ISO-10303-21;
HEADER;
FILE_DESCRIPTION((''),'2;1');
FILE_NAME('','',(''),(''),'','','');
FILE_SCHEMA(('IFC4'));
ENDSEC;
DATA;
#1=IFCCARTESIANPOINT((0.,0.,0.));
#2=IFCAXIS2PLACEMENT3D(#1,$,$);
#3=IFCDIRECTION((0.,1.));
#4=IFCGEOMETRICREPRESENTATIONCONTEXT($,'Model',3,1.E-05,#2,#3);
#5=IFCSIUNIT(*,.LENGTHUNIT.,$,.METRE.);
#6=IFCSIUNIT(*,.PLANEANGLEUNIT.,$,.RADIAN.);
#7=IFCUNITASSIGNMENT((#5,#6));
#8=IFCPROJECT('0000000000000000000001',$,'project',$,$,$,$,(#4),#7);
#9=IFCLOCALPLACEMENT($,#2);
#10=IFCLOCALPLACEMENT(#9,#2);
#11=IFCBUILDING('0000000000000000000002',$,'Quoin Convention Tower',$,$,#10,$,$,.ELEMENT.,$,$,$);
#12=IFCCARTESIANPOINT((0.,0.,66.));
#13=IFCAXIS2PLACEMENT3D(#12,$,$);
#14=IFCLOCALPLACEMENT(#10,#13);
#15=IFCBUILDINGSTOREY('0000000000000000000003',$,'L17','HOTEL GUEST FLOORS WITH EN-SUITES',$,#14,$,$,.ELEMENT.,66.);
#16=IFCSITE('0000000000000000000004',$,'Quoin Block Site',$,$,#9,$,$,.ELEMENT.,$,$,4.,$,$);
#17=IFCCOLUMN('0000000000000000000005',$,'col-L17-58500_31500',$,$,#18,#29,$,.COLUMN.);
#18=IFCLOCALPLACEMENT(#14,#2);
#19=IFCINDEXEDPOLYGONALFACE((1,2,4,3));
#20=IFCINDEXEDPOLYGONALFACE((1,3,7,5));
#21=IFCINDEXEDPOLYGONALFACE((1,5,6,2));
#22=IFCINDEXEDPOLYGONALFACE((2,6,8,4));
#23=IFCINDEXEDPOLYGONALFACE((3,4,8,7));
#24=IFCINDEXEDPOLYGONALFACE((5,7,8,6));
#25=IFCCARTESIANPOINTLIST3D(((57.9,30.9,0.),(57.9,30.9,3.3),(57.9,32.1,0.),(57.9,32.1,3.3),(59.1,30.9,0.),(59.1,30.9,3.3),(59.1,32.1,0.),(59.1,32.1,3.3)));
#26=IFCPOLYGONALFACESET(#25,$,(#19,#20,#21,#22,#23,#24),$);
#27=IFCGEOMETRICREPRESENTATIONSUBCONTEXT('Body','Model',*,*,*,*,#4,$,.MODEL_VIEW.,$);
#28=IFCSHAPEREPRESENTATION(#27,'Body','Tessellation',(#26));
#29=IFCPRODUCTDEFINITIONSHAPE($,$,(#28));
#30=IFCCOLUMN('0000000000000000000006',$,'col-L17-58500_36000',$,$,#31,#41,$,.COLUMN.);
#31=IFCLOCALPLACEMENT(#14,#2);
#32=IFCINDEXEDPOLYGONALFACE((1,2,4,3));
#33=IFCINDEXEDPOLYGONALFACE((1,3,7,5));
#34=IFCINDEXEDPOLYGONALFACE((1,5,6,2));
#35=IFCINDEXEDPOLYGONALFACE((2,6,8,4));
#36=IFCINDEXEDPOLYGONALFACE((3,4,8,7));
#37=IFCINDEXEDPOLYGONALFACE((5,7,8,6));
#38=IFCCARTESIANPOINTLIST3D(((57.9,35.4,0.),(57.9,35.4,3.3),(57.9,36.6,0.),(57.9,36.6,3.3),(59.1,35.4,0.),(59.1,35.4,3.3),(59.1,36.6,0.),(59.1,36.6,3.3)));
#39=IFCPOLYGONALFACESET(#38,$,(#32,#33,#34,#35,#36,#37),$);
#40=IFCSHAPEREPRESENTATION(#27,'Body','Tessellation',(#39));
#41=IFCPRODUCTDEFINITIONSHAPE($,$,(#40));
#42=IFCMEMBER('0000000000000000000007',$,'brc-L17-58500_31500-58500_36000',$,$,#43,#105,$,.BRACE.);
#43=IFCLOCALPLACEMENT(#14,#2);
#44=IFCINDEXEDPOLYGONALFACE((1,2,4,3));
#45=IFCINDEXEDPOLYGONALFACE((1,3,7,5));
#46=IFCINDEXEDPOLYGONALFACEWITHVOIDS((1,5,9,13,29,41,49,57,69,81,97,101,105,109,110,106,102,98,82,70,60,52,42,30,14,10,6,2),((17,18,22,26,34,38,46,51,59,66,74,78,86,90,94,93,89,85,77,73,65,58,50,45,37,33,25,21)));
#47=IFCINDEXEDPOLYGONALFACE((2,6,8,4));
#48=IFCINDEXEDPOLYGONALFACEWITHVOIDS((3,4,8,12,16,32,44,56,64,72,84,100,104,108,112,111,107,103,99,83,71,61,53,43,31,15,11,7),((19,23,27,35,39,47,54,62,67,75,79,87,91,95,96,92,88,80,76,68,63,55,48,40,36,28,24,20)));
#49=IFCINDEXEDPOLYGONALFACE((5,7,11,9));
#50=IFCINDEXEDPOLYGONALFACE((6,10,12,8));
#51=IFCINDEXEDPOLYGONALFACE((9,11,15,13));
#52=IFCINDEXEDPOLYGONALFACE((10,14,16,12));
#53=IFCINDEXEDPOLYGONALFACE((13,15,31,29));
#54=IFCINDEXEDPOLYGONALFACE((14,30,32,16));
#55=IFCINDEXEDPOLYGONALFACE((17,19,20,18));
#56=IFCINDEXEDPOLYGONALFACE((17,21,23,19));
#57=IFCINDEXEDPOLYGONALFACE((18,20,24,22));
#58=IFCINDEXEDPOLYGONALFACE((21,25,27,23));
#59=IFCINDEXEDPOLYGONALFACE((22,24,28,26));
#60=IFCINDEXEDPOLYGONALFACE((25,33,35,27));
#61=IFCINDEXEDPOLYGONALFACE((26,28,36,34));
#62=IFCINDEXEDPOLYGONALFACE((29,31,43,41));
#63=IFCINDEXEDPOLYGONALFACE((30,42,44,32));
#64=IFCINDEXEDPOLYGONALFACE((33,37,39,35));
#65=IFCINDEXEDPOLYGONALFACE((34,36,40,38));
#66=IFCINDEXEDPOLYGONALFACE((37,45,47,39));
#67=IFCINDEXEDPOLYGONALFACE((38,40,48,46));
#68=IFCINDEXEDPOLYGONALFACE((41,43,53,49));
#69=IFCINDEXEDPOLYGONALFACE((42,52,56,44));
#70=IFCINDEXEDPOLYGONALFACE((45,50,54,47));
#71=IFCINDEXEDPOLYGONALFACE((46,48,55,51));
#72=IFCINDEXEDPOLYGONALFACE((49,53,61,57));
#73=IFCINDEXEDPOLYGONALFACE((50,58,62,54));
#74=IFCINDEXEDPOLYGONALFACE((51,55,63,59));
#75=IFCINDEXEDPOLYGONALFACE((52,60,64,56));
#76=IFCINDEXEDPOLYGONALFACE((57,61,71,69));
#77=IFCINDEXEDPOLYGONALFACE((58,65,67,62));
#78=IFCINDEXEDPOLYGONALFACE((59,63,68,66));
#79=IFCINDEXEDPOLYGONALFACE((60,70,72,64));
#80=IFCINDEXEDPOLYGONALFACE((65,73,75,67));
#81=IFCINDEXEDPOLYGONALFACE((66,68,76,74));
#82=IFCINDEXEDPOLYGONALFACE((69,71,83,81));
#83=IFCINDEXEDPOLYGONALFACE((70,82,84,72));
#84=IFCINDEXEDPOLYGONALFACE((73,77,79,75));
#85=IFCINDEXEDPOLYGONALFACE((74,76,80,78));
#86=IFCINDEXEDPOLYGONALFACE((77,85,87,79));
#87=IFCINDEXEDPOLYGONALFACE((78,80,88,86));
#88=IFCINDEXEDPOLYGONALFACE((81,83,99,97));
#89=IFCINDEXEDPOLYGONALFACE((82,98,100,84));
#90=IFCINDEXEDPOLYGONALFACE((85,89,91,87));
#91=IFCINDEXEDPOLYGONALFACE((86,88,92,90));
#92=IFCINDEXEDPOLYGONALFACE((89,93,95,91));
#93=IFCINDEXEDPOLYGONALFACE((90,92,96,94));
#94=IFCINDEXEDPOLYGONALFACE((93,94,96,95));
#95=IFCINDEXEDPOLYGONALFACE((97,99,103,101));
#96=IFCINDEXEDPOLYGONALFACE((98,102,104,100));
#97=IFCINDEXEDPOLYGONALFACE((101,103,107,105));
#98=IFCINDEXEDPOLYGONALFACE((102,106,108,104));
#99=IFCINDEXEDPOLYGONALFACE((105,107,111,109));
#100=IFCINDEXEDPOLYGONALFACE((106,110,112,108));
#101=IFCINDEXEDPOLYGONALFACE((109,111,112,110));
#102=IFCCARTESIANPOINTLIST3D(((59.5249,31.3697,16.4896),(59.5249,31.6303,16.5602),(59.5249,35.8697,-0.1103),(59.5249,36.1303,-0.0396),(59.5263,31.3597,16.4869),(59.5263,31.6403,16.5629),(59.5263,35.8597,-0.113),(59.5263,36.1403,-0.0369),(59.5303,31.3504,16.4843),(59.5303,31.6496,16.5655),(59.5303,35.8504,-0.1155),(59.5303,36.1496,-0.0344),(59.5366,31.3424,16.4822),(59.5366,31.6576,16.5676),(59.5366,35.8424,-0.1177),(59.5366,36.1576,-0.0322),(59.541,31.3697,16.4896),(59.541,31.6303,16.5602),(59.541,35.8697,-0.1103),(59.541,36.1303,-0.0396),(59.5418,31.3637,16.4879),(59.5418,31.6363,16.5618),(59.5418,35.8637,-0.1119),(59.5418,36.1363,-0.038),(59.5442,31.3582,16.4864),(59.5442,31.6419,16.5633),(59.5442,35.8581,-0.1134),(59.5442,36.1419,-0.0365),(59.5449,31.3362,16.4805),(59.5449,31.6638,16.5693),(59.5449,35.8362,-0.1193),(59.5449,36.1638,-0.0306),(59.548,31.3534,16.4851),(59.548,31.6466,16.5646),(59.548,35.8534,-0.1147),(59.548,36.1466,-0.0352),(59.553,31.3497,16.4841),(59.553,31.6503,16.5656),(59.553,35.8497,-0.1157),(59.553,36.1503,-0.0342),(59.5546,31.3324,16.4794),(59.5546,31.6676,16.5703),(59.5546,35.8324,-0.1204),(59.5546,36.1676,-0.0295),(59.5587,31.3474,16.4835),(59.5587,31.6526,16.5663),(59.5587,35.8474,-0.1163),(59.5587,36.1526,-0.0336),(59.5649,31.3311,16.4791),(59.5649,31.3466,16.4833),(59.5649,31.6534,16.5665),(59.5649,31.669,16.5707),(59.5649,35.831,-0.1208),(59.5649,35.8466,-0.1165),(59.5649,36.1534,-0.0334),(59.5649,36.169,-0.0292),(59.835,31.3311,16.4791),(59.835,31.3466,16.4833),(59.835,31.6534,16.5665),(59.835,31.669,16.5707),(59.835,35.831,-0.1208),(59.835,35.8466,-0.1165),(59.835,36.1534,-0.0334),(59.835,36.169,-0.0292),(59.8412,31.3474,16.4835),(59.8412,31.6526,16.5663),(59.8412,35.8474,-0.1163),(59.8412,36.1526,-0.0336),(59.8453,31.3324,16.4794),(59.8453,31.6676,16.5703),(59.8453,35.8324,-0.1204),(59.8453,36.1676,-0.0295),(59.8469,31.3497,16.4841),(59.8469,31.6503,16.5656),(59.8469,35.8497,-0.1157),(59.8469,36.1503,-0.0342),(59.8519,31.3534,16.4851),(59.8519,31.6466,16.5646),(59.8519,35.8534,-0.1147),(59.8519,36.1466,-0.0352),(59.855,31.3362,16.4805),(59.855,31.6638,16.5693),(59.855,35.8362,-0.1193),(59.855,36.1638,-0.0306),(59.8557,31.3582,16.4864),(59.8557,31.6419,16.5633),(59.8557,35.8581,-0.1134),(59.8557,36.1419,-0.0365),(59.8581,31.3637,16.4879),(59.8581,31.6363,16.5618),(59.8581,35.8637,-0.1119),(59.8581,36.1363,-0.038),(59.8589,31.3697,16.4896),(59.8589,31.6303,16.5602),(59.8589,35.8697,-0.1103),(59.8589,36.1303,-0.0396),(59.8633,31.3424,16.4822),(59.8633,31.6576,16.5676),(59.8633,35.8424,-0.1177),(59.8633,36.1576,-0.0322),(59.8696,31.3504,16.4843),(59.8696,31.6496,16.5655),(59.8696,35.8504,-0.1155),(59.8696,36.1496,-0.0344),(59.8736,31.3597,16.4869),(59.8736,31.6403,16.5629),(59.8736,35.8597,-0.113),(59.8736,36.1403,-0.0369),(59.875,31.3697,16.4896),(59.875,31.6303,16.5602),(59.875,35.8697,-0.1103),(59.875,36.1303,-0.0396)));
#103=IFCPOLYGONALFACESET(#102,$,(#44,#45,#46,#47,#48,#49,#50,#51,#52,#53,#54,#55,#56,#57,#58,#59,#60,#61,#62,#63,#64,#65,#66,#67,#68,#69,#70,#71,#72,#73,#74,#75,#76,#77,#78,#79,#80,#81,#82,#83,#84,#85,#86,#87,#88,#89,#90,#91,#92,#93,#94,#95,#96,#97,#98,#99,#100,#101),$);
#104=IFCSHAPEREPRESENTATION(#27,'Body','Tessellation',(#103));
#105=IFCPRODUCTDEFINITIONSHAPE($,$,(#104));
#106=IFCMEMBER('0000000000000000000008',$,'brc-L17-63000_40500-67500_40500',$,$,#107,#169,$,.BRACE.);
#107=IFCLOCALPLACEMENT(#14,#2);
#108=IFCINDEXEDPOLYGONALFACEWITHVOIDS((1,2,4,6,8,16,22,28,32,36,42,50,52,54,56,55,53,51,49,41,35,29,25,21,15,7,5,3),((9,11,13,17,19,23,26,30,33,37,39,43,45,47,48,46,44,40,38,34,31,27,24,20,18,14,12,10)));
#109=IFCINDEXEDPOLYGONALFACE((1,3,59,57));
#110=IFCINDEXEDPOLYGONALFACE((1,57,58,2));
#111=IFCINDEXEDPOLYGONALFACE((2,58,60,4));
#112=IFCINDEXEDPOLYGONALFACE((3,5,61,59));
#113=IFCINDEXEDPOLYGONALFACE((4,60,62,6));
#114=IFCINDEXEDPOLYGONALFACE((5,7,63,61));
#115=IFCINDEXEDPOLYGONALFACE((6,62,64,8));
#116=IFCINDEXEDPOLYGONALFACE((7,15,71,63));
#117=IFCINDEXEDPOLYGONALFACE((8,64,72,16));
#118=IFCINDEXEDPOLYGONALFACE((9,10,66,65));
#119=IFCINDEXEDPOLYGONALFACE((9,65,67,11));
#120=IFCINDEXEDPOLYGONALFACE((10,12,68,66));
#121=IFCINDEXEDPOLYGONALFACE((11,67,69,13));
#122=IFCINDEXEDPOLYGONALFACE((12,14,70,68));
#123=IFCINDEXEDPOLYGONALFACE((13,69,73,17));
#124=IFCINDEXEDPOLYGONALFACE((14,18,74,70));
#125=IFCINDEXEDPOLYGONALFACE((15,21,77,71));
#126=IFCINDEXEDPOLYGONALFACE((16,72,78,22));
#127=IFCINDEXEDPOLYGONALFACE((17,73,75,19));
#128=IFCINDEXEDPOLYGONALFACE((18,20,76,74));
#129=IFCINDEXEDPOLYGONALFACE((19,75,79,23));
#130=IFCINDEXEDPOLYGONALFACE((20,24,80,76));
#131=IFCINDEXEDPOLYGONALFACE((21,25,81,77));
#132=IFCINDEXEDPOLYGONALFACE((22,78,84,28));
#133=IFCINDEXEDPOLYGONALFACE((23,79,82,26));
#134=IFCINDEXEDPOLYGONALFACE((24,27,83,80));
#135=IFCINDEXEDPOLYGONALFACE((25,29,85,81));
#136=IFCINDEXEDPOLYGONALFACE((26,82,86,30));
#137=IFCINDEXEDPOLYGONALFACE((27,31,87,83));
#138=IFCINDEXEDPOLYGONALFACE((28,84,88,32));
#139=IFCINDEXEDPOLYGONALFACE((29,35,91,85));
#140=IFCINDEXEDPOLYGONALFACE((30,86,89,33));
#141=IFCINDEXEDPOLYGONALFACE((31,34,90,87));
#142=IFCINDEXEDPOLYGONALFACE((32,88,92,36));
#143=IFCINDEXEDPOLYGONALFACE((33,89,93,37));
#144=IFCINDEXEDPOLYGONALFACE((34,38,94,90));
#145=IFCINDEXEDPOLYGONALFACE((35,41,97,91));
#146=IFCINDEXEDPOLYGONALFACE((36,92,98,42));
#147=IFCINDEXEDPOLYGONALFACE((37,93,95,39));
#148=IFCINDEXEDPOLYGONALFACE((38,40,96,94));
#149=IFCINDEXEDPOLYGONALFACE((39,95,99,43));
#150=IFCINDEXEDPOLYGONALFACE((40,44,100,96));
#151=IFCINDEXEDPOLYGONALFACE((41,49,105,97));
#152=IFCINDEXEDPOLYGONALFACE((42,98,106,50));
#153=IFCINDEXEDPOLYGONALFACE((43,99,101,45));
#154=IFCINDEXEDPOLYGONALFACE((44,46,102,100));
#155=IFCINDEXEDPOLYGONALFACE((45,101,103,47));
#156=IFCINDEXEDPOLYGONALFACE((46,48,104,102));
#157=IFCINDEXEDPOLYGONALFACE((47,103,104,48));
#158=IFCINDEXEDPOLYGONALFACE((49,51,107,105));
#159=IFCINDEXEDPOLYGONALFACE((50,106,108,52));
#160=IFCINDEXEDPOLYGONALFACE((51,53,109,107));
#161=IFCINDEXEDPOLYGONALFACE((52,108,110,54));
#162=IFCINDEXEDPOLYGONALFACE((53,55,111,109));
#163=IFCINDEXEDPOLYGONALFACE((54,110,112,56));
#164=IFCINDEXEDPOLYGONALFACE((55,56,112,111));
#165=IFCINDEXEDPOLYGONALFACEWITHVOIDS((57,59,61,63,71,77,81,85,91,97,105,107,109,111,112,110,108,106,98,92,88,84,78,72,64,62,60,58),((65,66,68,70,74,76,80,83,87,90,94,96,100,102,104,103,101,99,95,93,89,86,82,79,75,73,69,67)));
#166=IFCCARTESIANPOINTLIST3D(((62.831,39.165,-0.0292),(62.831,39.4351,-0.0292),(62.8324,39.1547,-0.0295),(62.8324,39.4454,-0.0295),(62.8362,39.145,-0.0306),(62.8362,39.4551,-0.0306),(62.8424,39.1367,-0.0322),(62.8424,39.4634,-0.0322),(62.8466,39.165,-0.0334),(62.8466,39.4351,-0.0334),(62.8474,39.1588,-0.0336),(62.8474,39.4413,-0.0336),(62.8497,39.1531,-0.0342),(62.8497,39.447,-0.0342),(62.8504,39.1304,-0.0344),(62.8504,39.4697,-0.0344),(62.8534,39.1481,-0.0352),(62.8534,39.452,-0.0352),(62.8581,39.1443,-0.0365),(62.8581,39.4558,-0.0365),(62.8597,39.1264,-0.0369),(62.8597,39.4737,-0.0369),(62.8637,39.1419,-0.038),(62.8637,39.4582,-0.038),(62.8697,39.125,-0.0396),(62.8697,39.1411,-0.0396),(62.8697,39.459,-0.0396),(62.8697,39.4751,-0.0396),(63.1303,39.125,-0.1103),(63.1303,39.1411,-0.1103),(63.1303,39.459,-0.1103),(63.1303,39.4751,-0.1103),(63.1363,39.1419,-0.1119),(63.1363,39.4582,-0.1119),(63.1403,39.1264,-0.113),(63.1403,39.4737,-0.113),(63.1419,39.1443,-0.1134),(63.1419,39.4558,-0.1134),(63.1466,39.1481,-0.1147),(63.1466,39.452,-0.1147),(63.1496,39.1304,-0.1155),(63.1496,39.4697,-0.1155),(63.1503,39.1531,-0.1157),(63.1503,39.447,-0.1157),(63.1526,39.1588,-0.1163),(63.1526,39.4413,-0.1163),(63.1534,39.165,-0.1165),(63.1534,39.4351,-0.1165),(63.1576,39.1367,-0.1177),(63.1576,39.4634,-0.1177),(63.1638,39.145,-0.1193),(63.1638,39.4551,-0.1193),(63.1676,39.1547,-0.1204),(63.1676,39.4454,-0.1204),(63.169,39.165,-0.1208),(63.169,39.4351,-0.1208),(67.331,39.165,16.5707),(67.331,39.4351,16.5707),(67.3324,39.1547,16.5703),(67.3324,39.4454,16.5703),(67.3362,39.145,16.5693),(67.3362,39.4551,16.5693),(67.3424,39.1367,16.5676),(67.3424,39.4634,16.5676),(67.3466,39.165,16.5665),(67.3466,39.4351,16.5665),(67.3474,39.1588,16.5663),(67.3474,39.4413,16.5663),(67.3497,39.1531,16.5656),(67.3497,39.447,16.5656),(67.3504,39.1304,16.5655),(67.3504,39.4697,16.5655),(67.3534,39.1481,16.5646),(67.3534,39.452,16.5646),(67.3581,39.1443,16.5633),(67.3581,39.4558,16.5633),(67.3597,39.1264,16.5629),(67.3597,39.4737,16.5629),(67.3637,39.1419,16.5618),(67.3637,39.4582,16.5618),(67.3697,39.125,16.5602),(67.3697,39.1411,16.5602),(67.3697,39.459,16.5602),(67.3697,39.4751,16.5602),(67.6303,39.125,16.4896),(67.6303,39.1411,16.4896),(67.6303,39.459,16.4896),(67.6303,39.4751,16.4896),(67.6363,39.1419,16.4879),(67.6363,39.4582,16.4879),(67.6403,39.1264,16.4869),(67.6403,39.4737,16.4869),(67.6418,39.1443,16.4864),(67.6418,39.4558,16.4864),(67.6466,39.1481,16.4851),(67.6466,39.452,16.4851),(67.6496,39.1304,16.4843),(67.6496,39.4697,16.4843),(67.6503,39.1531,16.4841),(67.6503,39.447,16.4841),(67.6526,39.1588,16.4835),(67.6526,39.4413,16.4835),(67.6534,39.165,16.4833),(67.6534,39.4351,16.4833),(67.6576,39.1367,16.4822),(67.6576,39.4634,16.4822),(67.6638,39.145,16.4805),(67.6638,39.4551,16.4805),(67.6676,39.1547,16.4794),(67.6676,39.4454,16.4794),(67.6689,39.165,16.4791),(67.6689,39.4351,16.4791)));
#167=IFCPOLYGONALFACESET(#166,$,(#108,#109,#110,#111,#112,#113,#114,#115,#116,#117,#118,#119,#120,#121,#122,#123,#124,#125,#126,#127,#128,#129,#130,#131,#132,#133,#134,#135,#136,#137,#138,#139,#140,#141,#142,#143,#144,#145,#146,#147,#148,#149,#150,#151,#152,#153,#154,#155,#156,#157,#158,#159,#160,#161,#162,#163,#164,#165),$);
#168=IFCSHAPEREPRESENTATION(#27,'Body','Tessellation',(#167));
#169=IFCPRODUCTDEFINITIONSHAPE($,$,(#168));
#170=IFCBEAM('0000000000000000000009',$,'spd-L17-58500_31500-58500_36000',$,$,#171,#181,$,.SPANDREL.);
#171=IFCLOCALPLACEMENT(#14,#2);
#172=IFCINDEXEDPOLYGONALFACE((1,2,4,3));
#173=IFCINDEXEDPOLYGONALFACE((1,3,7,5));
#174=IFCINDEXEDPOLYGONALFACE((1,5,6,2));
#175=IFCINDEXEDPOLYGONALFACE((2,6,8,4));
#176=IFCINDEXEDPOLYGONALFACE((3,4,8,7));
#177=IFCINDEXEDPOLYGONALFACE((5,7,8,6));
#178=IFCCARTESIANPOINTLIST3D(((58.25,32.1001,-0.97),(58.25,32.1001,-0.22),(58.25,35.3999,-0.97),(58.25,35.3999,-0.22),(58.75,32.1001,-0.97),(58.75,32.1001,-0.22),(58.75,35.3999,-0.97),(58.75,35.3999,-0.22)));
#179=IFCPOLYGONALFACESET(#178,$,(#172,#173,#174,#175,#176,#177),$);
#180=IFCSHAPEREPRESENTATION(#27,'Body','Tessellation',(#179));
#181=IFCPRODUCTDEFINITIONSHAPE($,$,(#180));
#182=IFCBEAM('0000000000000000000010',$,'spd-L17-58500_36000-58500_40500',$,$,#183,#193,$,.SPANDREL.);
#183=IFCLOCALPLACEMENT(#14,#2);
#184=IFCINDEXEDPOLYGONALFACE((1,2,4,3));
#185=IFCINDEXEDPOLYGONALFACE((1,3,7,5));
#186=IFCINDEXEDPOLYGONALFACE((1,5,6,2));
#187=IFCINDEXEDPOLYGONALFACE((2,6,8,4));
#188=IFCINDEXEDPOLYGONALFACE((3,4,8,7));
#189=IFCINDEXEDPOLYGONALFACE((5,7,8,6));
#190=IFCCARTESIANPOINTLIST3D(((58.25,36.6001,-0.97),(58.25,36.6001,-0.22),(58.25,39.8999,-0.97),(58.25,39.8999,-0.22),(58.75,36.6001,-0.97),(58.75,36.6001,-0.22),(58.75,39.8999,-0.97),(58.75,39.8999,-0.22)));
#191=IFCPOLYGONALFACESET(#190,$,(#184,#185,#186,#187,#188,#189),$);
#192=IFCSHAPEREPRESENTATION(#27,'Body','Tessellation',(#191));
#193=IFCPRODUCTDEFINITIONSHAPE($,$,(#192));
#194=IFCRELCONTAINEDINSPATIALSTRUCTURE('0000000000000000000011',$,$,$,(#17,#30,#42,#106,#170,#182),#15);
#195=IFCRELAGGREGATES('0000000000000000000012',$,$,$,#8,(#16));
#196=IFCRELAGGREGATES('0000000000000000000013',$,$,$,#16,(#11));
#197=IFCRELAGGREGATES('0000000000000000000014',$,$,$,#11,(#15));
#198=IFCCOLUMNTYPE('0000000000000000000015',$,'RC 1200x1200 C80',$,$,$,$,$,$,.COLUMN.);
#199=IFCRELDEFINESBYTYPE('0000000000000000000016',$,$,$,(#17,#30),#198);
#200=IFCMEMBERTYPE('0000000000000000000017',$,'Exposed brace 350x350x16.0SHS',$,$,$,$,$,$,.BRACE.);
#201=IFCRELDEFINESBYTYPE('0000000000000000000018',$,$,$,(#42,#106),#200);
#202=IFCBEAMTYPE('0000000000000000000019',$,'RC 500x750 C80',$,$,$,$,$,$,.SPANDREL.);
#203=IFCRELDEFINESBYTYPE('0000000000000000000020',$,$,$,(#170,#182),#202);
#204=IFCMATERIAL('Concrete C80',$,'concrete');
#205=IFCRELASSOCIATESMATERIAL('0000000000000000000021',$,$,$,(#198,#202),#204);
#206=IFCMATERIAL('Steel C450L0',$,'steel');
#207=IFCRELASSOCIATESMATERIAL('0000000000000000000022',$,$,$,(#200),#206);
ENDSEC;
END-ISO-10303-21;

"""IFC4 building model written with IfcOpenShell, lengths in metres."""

from ifc_helpers import new_model, si_unit, direction, frame, origin, origin_2d, place, context, subcontext, project, spatial, rectangle, hollow_rectangle, extrude, material, material_profile, profile_set, type_object, element, save


model = new_model("IFC4")

# Units and contexts
model_context = context("Model", 3, precision=1e-05, world=origin(), true_north=direction((0.0, 1.0)))
body_context = subcontext(model_context, "Body", "Model", "MODEL_VIEW")
ifc_project = project(units=[si_unit("LENGTHUNIT", "METRE"), si_unit("PLANEANGLEUNIT", "RADIAN")], contexts=[model_context])

# Site, building, storey
site_placement = place(None, origin())
site = spatial("IfcSite", under=ifc_project, at=site_placement, Name="Quoin Block Site", CompositionType="ELEMENT", RefElevation=4.0)
building_placement = place(site_placement, origin())
building = spatial("IfcBuilding", under=site, at=building_placement, Name="Quoin Convention Tower", CompositionType="ELEMENT")
storey_placement = place(building_placement, frame((0.0, 0.0, 66.0)))
storey = spatial("IfcBuildingStorey", under=building, at=storey_placement, Name="L17", Description="HOTEL GUEST FLOORS WITH EN-SUITES", CompositionType="ELEMENT", Elevation=66.0)

# Columns
ifc_material_1 = material(Name="Concrete C80", Category="concrete")
ifc_material_profile_1 = material_profile(ifc_material_1, rectangle(XDim=1.2, YDim=1.2, at=origin_2d()), Name="RC 1200x1200")
ifc_profile_set_1 = profile_set([ifc_material_profile_1], Name="Concrete C80")
column_type = type_object("IfcColumnType", Name="RC 1200x1200 C80", PredefinedType="COLUMN", material=ifc_profile_set_1)
for number, where, z_axis, x_axis, name in (
    (1, (58.5, 31.5, 0.0), (0.0, 0.0, 1.0), (1.0, 0.0, 0.0), "col-L17-58500_31500"),
    (2, (58.5, 36.0, 0.0), (0.0, 0.0, 1.0), (1.0, 0.0, 0.0), "col-L17-58500_36000"),
):
    element("IfcColumn", number, at=place(storey_placement, frame(where, z_axis=z_axis, x_axis=x_axis)), inside=storey, type_object=column_type, Name=name, PredefinedType="COLUMN", context=body_context, shape_type="SweptSolid", body=[
        extrude(rectangle(XDim=1.2, YDim=1.2, at=origin_2d()), origin(), (0.0, 0.0, 1.0), 3.3),
    ])

# Members
ifc_material_2 = material(Name="Steel C450L0", Category="steel")
ifc_material_profile_2 = material_profile(ifc_material_2, hollow_rectangle(XDim=0.3501, YDim=0.3501, WallThickness=0.0161, InnerFilletRadius=0.0239, OuterFilletRadius=0.04, at=origin_2d()), Name="350x350x16.0SHS")
ifc_profile_set_2 = profile_set([ifc_material_profile_2], Name="Steel C450L0")
member_type = type_object("IfcMemberType", Name="Exposed brace 350x350x16.0SHS", PredefinedType="BRACE", material=ifc_profile_set_2)
for number, where, z_axis, x_axis, name in (
    (3, (59.7, 36.0, -0.075), (0.0, -0.261643, 0.965165), (1.0, 0.0, 0.0), "brc-L17-58500_31500-58500_36000"),
    (4, (63.0, 39.3, -0.075), (0.261643, 0.0, 0.965165), (0.0, 1.0, 0.0), "brc-L17-63000_40500-67500_40500"),
):
    element("IfcMember", number, at=place(storey_placement, frame(where, z_axis=z_axis, x_axis=x_axis)), inside=storey, type_object=member_type, Name=name, PredefinedType="BRACE", context=body_context, shape_type="SweptSolid", body=[
        extrude(hollow_rectangle(XDim=0.3501, YDim=0.3501, WallThickness=0.0161, InnerFilletRadius=0.0239, OuterFilletRadius=0.04, at=origin_2d()), origin(), (0.0, 0.0, 1.0), 17.199),
    ])

# Beams
ifc_material_profile_3 = material_profile(ifc_material_1, rectangle(XDim=0.5, YDim=0.75, at=origin_2d()), Name="RC 500x750")
ifc_profile_set_3 = profile_set([ifc_material_profile_3], Name="Concrete C80")
beam_type = type_object("IfcBeamType", Name="RC 500x750 C80", PredefinedType="SPANDREL", material=ifc_profile_set_3)
for number, where, z_axis, x_axis, name in (
    (5, (58.5, 32.1001, -0.595), (0.0, 1.0, 0.0), (-1.0, 0.0, 0.0), "spd-L17-58500_31500-58500_36000"),
    (6, (58.5, 36.6001, -0.595), (0.0, 1.0, 0.0), (-1.0, 0.0, 0.0), "spd-L17-58500_36000-58500_40500"),
):
    element("IfcBeam", number, at=place(storey_placement, frame(where, z_axis=z_axis, x_axis=x_axis)), inside=storey, type_object=beam_type, Name=name, PredefinedType="SPANDREL", context=body_context, shape_type="SweptSolid", body=[
        extrude(rectangle(XDim=0.5, YDim=0.75, at=origin_2d()), origin(), (0.0, 0.0, 1.0), 3.2998),
    ])

save(model, "model.ifc")
